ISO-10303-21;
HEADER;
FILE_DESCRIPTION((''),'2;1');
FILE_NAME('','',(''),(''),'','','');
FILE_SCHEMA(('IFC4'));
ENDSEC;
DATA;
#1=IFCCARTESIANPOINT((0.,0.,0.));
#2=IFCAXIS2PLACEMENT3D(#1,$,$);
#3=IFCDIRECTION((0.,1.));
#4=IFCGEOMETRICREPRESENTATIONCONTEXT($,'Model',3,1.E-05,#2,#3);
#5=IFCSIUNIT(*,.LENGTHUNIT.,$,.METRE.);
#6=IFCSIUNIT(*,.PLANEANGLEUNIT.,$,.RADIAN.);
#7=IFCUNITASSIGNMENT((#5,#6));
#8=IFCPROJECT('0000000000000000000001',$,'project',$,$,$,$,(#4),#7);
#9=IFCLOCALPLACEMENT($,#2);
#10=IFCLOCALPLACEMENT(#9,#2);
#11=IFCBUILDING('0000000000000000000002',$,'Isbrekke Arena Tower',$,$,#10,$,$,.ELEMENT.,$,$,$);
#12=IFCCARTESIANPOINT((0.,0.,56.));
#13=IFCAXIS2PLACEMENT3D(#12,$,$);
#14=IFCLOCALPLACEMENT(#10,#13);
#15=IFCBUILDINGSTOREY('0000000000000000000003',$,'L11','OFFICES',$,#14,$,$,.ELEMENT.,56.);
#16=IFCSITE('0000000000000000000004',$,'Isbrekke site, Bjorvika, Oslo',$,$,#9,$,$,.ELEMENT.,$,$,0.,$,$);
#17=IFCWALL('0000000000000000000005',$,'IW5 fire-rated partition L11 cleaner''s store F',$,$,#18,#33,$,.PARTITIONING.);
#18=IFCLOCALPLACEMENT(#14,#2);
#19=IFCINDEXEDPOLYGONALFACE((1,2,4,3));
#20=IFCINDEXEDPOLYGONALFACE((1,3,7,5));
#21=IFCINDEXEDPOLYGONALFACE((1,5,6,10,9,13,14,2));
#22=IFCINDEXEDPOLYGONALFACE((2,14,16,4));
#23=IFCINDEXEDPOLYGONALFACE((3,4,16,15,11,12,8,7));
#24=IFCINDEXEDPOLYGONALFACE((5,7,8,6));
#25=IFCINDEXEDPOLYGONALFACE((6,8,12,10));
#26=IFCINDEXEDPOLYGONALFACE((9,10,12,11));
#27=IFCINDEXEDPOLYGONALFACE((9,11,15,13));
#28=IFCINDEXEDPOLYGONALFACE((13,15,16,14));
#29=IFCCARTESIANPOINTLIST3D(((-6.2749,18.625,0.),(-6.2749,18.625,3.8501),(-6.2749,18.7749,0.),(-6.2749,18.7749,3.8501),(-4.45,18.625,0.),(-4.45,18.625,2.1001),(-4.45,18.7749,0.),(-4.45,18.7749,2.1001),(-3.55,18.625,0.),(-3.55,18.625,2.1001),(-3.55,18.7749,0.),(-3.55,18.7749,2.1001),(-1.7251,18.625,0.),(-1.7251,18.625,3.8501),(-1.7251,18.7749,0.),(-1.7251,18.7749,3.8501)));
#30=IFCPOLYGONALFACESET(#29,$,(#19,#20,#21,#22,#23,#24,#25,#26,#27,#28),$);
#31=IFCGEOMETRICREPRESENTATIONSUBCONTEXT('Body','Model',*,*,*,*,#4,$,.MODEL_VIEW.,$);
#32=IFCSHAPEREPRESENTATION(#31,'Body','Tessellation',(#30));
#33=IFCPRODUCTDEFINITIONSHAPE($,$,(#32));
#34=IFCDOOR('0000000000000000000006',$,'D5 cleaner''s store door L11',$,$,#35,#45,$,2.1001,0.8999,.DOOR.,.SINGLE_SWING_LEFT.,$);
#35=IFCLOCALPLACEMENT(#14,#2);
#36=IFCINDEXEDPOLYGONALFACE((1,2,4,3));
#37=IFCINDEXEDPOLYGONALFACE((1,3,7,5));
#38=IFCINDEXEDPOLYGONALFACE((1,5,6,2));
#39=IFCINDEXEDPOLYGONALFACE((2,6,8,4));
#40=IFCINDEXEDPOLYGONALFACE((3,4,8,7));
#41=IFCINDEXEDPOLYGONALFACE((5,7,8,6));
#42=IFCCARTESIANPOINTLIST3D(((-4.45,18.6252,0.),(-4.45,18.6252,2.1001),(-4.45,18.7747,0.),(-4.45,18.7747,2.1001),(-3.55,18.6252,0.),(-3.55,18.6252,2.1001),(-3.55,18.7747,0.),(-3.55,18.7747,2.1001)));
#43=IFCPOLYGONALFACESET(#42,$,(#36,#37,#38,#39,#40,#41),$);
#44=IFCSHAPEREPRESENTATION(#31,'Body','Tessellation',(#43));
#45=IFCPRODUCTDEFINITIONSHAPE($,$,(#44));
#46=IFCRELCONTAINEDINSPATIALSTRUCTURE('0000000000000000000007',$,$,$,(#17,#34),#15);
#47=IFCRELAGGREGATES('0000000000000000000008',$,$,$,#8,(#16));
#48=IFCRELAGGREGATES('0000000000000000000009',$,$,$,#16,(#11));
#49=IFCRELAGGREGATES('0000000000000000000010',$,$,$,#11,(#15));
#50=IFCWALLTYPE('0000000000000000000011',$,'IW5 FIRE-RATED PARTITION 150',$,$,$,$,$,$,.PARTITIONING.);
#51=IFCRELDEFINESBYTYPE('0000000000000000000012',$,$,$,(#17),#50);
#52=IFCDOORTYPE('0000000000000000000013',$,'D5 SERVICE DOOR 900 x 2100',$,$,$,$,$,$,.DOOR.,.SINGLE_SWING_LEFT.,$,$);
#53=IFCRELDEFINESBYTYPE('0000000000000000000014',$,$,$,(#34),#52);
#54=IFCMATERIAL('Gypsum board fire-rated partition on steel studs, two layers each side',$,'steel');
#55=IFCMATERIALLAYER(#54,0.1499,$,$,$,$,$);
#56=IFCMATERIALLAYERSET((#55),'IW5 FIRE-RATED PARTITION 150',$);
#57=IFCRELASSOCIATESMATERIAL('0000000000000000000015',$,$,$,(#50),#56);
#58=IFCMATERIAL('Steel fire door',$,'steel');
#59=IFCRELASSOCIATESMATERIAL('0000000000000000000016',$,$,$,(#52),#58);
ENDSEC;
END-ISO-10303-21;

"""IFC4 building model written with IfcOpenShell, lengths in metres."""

from ifc_helpers import new_model, si_unit, direction, frame, frame_2d, origin, place, context, subcontext, project, spatial, rectangle, extrude, material, layer, layer_set, type_object, element, fill, save


model = new_model("IFC4")

# Units and contexts
model_context = context("Model", 3, precision=1e-05, world=origin(), true_north=direction((0.0, 1.0)))
body_context = subcontext(model_context, "Body", "Model", "MODEL_VIEW")
ifc_project = project(units=[si_unit("LENGTHUNIT", "METRE"), si_unit("PLANEANGLEUNIT", "RADIAN")], contexts=[model_context])

# Site, building, storey
site_placement = place(None, origin())
site = spatial("IfcSite", under=ifc_project, at=site_placement, Name="Isbrekke site, Bjorvika, Oslo", CompositionType="ELEMENT", RefElevation=0.0)
building_placement = place(site_placement, origin())
building = spatial("IfcBuilding", under=site, at=building_placement, Name="Isbrekke Arena Tower", CompositionType="ELEMENT")
storey_placement = place(building_placement, frame((0.0, 0.0, 56.0)))
storey = spatial("IfcBuildingStorey", under=building, at=storey_placement, Name="L11", Description="OFFICES", CompositionType="ELEMENT", Elevation=56.0)

# Wall, opening, door
ifc_material_1 = material(Name="Gypsum board fire-rated partition on steel studs, two layers each side", Category="steel")
ifc_layer_1 = layer(ifc_material_1, 0.1499)
ifc_layer_set_1 = layer_set([ifc_layer_1], Name="IW5 FIRE-RATED PARTITION 150")
wall_type_1 = type_object("IfcWallType", Name="IW5 FIRE-RATED PARTITION 150", PredefinedType="PARTITIONING", material=ifc_layer_set_1)
wall_1_placement = place(storey_placement, frame((-6.2749, 18.7, 0.0), z_axis=(0.0, 0.0, 1.0), x_axis=(1.0, 0.0, 0.0)))
wall_1 = element("IfcWall", 1, at=wall_1_placement, inside=storey, type_object=wall_type_1, Name="IW5 fire-rated partition L11 cleaner's store F", PredefinedType="PARTITIONING", context=body_context, shape_type="SweptSolid", body=[
    extrude(rectangle(XDim=4.5498, YDim=0.1499, at=frame_2d((2.2749, 0.0))), origin(), (0.0, 0.0, 1.0), 3.8501),
])
opening_1_placement = place(wall_1_placement, frame((1.825, 0.0, 0.0)))
opening_1 = element("IfcOpeningElement", 2, at=opening_1_placement, cuts=wall_1, PredefinedType="OPENING", context=body_context, shape_type="SweptSolid", body=[
    extrude(rectangle(XDim=0.8999, YDim=2.1001, at=frame_2d((0.45, 1.05))), frame((0.0, 0.0898, 0.0), z_axis=(0.0, -1.0, 0.0), x_axis=(1.0, 0.0, 0.0)), (0.0, 0.0, 1.0), 0.1797),
])
ifc_material_2 = material(Name="Steel fire door", Category="steel")
door_type_1 = type_object("IfcDoorType", Name="D5 SERVICE DOOR 900 x 2100", OperationType="SINGLE_SWING_LEFT", PredefinedType="DOOR", material=ifc_material_2)
door_1_placement = place(opening_1_placement, origin())
door_1 = element("IfcDoor", 3, at=door_1_placement, inside=storey, type_object=door_type_1, Name="D5 cleaner's store door L11", OperationType="SINGLE_SWING_LEFT", OverallHeight=2.1001, OverallWidth=0.8999, PredefinedType="DOOR", context=body_context, shape_type="SweptSolid", body=[
    extrude(rectangle(XDim=0.8999, YDim=2.1001, at=frame_2d((0.45, 1.05))), frame((0.0, 0.0747, 0.0), z_axis=(0.0, -1.0, 0.0), x_axis=(1.0, 0.0, 0.0)), (0.0, 0.0, 1.0), 0.1494),
])
fill(opening_1, door_1)

save(model, "model.ifc")
